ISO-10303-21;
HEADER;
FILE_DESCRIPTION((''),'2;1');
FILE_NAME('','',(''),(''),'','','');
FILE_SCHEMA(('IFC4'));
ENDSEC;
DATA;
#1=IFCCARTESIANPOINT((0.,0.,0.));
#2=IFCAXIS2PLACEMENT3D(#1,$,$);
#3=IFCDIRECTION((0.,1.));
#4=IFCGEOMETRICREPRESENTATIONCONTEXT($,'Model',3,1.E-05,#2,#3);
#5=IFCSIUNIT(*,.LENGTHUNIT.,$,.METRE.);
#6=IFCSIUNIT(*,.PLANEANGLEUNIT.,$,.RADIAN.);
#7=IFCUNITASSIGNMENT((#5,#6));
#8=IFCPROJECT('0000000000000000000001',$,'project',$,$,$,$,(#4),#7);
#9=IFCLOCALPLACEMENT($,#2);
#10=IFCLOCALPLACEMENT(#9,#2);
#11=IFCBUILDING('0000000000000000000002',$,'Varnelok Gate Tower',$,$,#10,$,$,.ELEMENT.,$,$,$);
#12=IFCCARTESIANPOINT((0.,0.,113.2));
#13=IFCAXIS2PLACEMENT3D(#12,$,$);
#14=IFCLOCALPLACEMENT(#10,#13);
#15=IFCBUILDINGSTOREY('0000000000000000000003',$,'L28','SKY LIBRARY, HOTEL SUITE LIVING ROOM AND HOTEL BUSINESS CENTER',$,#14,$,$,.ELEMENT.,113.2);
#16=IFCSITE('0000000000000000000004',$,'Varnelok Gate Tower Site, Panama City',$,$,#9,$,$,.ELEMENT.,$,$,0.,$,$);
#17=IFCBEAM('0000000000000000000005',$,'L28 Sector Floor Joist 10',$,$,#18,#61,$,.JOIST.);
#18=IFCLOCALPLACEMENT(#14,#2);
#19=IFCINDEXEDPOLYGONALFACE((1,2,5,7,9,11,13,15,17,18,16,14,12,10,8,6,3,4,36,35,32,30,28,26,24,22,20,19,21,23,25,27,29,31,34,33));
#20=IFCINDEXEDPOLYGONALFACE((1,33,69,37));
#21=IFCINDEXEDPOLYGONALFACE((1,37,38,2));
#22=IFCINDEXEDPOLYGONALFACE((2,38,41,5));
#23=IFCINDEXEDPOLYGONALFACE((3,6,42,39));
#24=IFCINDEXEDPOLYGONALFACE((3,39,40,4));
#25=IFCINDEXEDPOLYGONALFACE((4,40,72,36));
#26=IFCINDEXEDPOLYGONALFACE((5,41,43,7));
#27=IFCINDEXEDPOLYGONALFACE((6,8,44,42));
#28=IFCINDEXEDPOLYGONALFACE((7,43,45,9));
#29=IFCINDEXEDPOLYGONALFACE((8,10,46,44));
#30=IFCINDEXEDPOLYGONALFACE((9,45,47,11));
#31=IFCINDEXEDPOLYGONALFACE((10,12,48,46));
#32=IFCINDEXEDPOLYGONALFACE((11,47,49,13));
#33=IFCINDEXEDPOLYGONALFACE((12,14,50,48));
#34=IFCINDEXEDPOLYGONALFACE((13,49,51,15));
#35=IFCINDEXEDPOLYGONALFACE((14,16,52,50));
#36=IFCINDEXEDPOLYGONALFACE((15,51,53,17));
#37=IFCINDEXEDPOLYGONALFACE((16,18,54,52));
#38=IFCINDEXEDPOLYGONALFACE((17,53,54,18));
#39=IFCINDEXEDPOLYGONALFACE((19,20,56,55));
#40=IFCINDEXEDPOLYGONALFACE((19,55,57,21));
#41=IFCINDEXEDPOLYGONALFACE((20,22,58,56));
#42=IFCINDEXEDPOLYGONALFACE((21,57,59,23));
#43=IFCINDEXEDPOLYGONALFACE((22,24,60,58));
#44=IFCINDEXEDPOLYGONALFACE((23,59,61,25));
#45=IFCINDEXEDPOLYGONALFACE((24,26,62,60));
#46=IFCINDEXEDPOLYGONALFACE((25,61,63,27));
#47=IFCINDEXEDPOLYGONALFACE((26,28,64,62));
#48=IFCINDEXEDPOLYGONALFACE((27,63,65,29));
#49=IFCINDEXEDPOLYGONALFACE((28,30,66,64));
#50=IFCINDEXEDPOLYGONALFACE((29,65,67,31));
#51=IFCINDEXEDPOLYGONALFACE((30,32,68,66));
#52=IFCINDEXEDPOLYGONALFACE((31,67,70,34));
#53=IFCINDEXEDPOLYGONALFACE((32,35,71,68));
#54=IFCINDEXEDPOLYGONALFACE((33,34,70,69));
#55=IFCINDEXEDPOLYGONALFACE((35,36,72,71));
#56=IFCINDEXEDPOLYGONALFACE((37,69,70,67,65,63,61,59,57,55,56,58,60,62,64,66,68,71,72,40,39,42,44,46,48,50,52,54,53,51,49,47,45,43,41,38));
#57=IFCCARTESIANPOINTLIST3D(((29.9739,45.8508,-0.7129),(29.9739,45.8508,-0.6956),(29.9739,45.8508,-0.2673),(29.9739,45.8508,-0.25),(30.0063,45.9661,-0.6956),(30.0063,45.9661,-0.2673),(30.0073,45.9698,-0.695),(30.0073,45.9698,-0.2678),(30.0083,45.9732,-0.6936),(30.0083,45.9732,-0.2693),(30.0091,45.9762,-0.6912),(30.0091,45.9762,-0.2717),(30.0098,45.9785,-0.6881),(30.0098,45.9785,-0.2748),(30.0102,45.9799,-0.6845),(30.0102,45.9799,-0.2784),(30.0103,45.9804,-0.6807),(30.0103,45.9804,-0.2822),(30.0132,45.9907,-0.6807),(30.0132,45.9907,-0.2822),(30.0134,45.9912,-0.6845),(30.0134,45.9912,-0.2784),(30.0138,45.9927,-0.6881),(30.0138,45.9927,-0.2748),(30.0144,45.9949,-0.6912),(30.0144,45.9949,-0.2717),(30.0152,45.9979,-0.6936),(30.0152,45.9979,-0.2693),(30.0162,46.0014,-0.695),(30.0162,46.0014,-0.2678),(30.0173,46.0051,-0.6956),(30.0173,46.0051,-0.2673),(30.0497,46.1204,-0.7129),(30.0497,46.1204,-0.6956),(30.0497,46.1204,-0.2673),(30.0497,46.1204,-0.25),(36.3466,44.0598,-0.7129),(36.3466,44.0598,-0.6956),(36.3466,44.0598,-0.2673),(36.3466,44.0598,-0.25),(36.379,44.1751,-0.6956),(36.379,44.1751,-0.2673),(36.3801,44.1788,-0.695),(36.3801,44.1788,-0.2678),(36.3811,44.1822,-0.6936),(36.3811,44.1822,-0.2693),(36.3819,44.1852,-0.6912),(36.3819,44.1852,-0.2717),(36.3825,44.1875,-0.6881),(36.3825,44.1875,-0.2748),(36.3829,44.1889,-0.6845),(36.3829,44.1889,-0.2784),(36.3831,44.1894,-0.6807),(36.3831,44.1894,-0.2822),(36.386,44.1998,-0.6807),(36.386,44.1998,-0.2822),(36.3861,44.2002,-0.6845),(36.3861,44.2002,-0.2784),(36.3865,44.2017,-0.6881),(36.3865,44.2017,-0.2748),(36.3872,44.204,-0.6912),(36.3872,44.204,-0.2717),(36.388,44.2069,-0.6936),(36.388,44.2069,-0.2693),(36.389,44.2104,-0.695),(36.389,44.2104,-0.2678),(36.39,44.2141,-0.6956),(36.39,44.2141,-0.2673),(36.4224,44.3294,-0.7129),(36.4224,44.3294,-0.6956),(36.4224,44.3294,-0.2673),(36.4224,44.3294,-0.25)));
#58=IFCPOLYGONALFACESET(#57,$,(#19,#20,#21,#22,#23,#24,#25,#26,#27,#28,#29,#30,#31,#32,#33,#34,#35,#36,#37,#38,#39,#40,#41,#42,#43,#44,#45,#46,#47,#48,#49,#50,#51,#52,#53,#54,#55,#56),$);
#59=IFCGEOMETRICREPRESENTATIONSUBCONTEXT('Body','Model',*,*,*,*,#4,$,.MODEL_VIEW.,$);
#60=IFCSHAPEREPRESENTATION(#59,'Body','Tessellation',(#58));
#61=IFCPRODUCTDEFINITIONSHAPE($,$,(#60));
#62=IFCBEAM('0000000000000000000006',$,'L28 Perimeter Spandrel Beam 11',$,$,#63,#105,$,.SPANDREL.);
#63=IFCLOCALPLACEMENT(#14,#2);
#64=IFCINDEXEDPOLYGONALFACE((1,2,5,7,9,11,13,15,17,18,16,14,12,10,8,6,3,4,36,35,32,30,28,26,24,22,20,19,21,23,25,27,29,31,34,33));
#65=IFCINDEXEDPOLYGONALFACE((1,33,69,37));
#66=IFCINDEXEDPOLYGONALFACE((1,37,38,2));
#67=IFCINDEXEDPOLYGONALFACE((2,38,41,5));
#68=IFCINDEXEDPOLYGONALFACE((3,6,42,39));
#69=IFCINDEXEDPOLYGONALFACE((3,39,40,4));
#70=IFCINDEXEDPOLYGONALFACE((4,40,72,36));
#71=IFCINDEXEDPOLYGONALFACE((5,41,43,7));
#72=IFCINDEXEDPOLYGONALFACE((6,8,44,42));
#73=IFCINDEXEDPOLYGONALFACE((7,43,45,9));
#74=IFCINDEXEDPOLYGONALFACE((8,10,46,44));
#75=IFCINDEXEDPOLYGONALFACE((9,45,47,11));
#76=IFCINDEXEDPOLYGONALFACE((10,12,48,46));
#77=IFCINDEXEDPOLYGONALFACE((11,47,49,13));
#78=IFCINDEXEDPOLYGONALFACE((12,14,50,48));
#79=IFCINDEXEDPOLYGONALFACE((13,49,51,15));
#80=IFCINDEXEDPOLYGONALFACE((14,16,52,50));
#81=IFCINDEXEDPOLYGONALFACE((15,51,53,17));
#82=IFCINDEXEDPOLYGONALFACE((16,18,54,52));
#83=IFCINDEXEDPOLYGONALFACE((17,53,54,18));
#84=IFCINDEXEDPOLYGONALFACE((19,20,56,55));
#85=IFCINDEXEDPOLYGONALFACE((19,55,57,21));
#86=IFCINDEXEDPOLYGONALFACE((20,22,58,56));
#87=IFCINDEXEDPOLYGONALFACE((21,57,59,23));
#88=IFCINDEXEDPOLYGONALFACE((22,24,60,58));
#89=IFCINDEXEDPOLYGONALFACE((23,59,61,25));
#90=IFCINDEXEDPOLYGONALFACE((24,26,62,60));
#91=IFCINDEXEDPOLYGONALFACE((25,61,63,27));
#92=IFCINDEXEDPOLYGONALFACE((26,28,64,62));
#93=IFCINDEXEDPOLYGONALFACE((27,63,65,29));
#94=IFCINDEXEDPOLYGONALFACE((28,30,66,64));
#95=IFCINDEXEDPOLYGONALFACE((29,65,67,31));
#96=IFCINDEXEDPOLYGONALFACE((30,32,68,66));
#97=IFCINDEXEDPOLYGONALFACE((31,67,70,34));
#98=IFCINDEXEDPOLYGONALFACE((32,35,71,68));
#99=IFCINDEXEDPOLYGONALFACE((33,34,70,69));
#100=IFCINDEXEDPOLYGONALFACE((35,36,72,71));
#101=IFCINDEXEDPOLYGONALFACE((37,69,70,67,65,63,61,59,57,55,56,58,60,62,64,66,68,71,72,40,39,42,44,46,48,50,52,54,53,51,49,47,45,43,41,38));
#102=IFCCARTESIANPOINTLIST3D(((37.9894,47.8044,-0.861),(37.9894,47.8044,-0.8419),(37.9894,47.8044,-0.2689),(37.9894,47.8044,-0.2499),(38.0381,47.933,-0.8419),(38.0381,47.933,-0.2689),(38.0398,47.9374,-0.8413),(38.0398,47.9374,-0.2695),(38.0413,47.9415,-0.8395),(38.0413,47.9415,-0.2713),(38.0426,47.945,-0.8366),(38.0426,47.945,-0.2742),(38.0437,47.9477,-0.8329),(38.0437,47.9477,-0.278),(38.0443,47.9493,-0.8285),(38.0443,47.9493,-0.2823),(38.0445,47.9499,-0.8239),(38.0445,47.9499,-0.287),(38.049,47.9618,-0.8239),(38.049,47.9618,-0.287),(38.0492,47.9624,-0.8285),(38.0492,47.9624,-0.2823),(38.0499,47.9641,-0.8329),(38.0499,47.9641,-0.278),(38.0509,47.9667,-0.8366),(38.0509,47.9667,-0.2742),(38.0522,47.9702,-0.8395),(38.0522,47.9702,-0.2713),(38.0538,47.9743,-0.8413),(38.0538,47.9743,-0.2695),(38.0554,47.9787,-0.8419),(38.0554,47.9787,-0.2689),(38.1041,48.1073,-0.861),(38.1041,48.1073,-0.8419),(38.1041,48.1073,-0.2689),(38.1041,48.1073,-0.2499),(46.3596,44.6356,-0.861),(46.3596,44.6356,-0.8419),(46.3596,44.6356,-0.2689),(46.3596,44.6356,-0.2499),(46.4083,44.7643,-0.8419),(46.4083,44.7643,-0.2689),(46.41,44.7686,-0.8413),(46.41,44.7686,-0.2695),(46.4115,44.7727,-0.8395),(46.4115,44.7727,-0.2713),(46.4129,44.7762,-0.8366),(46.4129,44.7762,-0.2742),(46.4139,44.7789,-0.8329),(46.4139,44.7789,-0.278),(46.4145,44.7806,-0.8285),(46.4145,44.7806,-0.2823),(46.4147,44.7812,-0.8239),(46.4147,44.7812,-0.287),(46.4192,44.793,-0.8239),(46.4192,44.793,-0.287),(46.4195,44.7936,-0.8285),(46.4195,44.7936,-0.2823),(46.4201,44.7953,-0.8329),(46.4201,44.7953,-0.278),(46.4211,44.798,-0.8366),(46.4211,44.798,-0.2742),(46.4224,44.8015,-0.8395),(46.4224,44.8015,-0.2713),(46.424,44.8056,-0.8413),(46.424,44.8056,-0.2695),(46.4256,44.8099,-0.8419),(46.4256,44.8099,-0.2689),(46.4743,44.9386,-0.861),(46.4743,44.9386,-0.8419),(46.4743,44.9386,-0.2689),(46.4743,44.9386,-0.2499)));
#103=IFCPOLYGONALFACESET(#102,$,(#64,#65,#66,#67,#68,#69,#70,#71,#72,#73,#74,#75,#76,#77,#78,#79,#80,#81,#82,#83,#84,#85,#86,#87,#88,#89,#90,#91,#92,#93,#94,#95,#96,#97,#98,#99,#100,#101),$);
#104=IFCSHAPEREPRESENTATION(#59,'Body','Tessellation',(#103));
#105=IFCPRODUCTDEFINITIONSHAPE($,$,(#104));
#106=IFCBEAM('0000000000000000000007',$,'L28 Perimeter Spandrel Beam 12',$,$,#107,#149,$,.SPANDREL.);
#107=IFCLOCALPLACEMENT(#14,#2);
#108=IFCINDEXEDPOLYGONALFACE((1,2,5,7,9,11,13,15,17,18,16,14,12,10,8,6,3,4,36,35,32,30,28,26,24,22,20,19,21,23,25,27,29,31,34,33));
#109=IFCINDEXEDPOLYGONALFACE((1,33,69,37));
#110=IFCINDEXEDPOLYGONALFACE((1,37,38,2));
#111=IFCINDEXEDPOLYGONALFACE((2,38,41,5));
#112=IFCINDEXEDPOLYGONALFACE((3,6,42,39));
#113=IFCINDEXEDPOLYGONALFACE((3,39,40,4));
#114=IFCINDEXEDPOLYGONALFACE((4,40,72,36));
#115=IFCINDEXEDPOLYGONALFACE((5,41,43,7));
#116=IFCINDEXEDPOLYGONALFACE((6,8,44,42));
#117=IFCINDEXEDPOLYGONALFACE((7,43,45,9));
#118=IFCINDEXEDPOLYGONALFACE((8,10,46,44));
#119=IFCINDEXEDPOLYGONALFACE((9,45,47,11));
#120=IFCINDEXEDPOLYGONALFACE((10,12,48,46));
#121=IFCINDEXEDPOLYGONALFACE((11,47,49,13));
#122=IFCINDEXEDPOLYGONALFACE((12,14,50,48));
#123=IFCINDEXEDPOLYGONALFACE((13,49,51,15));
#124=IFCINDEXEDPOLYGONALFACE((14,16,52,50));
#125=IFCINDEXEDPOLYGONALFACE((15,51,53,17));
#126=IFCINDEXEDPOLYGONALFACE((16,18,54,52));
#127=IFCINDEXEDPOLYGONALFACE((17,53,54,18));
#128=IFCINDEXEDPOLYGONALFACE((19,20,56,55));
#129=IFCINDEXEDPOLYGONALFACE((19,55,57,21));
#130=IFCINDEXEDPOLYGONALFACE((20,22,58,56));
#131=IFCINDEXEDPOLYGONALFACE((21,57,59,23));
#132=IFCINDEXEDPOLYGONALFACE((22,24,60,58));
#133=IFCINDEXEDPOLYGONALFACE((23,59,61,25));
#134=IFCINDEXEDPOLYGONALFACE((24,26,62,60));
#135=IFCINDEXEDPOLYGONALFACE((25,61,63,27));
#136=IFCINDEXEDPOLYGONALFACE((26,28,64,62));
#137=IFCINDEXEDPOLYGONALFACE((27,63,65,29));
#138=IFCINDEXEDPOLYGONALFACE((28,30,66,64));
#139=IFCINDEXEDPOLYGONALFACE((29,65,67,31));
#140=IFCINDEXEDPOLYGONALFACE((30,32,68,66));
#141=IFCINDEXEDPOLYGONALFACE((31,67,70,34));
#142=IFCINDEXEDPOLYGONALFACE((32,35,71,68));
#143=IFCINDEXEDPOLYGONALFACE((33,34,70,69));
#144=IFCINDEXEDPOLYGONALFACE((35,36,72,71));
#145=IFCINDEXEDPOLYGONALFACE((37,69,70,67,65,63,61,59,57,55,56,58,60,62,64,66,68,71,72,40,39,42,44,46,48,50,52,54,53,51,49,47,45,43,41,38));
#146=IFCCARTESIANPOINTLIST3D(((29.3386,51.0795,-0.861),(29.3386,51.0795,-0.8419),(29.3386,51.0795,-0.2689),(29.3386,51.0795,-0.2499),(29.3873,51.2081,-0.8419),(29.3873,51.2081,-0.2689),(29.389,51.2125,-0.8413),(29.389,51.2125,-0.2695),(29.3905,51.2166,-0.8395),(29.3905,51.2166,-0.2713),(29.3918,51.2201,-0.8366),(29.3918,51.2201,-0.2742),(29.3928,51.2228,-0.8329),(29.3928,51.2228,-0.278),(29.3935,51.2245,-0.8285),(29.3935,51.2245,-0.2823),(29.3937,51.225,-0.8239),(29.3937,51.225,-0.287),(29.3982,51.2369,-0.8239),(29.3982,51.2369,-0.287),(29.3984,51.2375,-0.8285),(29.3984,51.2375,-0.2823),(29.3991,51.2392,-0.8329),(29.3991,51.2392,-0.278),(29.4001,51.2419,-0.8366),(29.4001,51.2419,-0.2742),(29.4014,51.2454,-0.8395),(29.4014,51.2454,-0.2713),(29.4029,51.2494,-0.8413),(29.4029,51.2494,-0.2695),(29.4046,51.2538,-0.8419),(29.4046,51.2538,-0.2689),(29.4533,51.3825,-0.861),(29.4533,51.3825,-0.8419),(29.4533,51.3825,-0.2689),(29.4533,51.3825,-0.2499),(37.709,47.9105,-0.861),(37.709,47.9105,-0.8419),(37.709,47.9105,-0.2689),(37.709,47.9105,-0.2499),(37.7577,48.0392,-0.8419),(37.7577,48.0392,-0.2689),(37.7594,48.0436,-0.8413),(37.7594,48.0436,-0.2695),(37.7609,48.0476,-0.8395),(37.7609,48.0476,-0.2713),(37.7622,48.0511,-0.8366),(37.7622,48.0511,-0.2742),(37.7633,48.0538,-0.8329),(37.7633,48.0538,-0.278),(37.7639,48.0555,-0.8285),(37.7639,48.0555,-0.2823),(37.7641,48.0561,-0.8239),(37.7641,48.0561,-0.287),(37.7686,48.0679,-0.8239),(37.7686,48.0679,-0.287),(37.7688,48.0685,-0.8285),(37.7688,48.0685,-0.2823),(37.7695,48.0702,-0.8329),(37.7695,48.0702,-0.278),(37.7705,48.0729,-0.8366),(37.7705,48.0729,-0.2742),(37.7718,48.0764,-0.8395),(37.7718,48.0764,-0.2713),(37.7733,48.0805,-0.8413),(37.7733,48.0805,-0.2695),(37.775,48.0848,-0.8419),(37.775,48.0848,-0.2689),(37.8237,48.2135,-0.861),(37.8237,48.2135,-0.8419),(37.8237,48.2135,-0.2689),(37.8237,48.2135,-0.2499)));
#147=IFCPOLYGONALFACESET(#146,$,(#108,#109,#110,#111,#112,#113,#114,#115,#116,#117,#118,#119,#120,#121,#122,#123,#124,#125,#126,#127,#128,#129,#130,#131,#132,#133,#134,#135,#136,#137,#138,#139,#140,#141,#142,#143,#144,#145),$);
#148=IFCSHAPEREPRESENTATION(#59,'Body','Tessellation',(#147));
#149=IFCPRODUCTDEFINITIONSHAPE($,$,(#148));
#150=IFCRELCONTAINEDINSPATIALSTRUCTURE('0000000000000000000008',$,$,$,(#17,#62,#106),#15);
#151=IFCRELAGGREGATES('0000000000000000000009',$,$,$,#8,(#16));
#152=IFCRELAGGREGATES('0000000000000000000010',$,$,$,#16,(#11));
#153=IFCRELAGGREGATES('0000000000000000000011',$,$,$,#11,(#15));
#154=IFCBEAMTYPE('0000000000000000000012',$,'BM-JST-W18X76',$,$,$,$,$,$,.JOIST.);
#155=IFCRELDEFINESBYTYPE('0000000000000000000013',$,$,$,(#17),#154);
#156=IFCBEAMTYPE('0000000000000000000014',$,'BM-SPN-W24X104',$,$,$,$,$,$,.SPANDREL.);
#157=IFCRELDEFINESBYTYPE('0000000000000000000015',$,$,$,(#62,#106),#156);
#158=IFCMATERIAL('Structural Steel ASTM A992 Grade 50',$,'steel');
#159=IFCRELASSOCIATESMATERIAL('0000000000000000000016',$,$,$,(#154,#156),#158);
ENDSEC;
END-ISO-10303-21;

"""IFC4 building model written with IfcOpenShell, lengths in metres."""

from ifc_helpers import new_model, si_unit, direction, frame, origin, origin_2d, place, context, subcontext, project, spatial, i_section, extrude, material, material_profile, profile_set, type_object, element, save


model = new_model("IFC4")

# Units and contexts
model_context = context("Model", 3, precision=1e-05, world=origin(), true_north=direction((0.0, 1.0)))
body_context = subcontext(model_context, "Body", "Model", "MODEL_VIEW")
ifc_project = project(units=[si_unit("LENGTHUNIT", "METRE"), si_unit("PLANEANGLEUNIT", "RADIAN")], contexts=[model_context])

# Site, building, storey
site_placement = place(None, origin())
site = spatial("IfcSite", under=ifc_project, at=site_placement, Name="Varnelok Gate Tower Site, Panama City", CompositionType="ELEMENT", RefElevation=0.0)
building_placement = place(site_placement, origin())
building = spatial("IfcBuilding", under=site, at=building_placement, Name="Varnelok Gate Tower", CompositionType="ELEMENT")
storey_placement = place(building_placement, frame((0.0, 0.0, 113.2)))
storey = spatial("IfcBuildingStorey", under=building, at=storey_placement, Name="L28", Description="SKY LIBRARY, HOTEL SUITE LIVING ROOM AND HOTEL BUSINESS CENTER", CompositionType="ELEMENT", Elevation=113.2)

# Shared definitions
ifc_material_1 = material(Name="Structural Steel ASTM A992 Grade 50", Category="steel")

# Beams
ifc_material_profile_1 = material_profile(ifc_material_1, i_section(OverallWidth=0.28, OverallDepth=0.4629, WebThickness=0.0107, FlangeThickness=0.0173, FilletRadius=0.0149, at=origin_2d()), Name="W18X76")
ifc_profile_set_1 = profile_set([ifc_material_profile_1], Name="Structural Steel ASTM A992 Grade 50")
beam_type_1 = type_object("IfcBeamType", Name="BM-JST-W18X76", PredefinedType="JOIST", material=ifc_profile_set_1)
beam_1_placement = place(storey_placement, frame((36.3845, 44.1946, -0.4814), z_axis=(-0.962703, 0.270559, 0.0), x_axis=(-0.270559, -0.962703, 0.0)))
element("IfcBeam", 1, at=beam_1_placement, inside=storey, type_object=beam_type_1, Name="L28 Sector Floor Joist 10", PredefinedType="JOIST", context=body_context, shape_type="SweptSolid", body=[
    extrude(i_section(OverallWidth=0.28, OverallDepth=0.4629, WebThickness=0.0107, FlangeThickness=0.0173, FilletRadius=0.0149, at=origin_2d()), origin(), (0.0, 0.0, 1.0), 6.6196),
])
ifc_material_profile_2 = material_profile(ifc_material_1, i_section(OverallWidth=0.324, OverallDepth=0.6111, WebThickness=0.0127, FlangeThickness=0.019, FilletRadius=0.0181, at=origin_2d()), Name="W24X104")
ifc_profile_set_2 = profile_set([ifc_material_profile_2], Name="Structural Steel ASTM A992 Grade 50")
beam_type_2 = type_object("IfcBeamType", Name="BM-SPN-W24X104", PredefinedType="SPANDREL", material=ifc_profile_set_2)
beam_2_placement = place(storey_placement, frame((46.417, 44.7871, -0.5554), z_axis=(-0.935226, 0.354051, 0.0), x_axis=(-0.354051, -0.935226, 0.0)))
element("IfcBeam", 2, at=beam_2_placement, inside=storey, type_object=beam_type_2, Name="L28 Perimeter Spandrel Beam 11", PredefinedType="SPANDREL", context=body_context, shape_type="SweptSolid", body=[
    extrude(i_section(OverallWidth=0.324, OverallDepth=0.6111, WebThickness=0.0127, FlangeThickness=0.019, FilletRadius=0.0181, at=origin_2d()), origin(), (0.0, 0.0, 1.0), 8.95),
])
beam_3_placement = place(storey_placement, frame((37.7664, 48.062, -0.5554), z_axis=(-0.93522, 0.354066, 0.0), x_axis=(-0.354066, -0.93522, 0.0)))
element("IfcBeam", 3, at=beam_3_placement, inside=storey, type_object=beam_type_2, Name="L28 Perimeter Spandrel Beam 12", PredefinedType="SPANDREL", context=body_context, shape_type="SweptSolid", body=[
    extrude(i_section(OverallWidth=0.324, OverallDepth=0.6111, WebThickness=0.0127, FlangeThickness=0.019, FilletRadius=0.0181, at=origin_2d()), origin(), (0.0, 0.0, 1.0), 8.9502),
])

save(model, "model.ifc")
